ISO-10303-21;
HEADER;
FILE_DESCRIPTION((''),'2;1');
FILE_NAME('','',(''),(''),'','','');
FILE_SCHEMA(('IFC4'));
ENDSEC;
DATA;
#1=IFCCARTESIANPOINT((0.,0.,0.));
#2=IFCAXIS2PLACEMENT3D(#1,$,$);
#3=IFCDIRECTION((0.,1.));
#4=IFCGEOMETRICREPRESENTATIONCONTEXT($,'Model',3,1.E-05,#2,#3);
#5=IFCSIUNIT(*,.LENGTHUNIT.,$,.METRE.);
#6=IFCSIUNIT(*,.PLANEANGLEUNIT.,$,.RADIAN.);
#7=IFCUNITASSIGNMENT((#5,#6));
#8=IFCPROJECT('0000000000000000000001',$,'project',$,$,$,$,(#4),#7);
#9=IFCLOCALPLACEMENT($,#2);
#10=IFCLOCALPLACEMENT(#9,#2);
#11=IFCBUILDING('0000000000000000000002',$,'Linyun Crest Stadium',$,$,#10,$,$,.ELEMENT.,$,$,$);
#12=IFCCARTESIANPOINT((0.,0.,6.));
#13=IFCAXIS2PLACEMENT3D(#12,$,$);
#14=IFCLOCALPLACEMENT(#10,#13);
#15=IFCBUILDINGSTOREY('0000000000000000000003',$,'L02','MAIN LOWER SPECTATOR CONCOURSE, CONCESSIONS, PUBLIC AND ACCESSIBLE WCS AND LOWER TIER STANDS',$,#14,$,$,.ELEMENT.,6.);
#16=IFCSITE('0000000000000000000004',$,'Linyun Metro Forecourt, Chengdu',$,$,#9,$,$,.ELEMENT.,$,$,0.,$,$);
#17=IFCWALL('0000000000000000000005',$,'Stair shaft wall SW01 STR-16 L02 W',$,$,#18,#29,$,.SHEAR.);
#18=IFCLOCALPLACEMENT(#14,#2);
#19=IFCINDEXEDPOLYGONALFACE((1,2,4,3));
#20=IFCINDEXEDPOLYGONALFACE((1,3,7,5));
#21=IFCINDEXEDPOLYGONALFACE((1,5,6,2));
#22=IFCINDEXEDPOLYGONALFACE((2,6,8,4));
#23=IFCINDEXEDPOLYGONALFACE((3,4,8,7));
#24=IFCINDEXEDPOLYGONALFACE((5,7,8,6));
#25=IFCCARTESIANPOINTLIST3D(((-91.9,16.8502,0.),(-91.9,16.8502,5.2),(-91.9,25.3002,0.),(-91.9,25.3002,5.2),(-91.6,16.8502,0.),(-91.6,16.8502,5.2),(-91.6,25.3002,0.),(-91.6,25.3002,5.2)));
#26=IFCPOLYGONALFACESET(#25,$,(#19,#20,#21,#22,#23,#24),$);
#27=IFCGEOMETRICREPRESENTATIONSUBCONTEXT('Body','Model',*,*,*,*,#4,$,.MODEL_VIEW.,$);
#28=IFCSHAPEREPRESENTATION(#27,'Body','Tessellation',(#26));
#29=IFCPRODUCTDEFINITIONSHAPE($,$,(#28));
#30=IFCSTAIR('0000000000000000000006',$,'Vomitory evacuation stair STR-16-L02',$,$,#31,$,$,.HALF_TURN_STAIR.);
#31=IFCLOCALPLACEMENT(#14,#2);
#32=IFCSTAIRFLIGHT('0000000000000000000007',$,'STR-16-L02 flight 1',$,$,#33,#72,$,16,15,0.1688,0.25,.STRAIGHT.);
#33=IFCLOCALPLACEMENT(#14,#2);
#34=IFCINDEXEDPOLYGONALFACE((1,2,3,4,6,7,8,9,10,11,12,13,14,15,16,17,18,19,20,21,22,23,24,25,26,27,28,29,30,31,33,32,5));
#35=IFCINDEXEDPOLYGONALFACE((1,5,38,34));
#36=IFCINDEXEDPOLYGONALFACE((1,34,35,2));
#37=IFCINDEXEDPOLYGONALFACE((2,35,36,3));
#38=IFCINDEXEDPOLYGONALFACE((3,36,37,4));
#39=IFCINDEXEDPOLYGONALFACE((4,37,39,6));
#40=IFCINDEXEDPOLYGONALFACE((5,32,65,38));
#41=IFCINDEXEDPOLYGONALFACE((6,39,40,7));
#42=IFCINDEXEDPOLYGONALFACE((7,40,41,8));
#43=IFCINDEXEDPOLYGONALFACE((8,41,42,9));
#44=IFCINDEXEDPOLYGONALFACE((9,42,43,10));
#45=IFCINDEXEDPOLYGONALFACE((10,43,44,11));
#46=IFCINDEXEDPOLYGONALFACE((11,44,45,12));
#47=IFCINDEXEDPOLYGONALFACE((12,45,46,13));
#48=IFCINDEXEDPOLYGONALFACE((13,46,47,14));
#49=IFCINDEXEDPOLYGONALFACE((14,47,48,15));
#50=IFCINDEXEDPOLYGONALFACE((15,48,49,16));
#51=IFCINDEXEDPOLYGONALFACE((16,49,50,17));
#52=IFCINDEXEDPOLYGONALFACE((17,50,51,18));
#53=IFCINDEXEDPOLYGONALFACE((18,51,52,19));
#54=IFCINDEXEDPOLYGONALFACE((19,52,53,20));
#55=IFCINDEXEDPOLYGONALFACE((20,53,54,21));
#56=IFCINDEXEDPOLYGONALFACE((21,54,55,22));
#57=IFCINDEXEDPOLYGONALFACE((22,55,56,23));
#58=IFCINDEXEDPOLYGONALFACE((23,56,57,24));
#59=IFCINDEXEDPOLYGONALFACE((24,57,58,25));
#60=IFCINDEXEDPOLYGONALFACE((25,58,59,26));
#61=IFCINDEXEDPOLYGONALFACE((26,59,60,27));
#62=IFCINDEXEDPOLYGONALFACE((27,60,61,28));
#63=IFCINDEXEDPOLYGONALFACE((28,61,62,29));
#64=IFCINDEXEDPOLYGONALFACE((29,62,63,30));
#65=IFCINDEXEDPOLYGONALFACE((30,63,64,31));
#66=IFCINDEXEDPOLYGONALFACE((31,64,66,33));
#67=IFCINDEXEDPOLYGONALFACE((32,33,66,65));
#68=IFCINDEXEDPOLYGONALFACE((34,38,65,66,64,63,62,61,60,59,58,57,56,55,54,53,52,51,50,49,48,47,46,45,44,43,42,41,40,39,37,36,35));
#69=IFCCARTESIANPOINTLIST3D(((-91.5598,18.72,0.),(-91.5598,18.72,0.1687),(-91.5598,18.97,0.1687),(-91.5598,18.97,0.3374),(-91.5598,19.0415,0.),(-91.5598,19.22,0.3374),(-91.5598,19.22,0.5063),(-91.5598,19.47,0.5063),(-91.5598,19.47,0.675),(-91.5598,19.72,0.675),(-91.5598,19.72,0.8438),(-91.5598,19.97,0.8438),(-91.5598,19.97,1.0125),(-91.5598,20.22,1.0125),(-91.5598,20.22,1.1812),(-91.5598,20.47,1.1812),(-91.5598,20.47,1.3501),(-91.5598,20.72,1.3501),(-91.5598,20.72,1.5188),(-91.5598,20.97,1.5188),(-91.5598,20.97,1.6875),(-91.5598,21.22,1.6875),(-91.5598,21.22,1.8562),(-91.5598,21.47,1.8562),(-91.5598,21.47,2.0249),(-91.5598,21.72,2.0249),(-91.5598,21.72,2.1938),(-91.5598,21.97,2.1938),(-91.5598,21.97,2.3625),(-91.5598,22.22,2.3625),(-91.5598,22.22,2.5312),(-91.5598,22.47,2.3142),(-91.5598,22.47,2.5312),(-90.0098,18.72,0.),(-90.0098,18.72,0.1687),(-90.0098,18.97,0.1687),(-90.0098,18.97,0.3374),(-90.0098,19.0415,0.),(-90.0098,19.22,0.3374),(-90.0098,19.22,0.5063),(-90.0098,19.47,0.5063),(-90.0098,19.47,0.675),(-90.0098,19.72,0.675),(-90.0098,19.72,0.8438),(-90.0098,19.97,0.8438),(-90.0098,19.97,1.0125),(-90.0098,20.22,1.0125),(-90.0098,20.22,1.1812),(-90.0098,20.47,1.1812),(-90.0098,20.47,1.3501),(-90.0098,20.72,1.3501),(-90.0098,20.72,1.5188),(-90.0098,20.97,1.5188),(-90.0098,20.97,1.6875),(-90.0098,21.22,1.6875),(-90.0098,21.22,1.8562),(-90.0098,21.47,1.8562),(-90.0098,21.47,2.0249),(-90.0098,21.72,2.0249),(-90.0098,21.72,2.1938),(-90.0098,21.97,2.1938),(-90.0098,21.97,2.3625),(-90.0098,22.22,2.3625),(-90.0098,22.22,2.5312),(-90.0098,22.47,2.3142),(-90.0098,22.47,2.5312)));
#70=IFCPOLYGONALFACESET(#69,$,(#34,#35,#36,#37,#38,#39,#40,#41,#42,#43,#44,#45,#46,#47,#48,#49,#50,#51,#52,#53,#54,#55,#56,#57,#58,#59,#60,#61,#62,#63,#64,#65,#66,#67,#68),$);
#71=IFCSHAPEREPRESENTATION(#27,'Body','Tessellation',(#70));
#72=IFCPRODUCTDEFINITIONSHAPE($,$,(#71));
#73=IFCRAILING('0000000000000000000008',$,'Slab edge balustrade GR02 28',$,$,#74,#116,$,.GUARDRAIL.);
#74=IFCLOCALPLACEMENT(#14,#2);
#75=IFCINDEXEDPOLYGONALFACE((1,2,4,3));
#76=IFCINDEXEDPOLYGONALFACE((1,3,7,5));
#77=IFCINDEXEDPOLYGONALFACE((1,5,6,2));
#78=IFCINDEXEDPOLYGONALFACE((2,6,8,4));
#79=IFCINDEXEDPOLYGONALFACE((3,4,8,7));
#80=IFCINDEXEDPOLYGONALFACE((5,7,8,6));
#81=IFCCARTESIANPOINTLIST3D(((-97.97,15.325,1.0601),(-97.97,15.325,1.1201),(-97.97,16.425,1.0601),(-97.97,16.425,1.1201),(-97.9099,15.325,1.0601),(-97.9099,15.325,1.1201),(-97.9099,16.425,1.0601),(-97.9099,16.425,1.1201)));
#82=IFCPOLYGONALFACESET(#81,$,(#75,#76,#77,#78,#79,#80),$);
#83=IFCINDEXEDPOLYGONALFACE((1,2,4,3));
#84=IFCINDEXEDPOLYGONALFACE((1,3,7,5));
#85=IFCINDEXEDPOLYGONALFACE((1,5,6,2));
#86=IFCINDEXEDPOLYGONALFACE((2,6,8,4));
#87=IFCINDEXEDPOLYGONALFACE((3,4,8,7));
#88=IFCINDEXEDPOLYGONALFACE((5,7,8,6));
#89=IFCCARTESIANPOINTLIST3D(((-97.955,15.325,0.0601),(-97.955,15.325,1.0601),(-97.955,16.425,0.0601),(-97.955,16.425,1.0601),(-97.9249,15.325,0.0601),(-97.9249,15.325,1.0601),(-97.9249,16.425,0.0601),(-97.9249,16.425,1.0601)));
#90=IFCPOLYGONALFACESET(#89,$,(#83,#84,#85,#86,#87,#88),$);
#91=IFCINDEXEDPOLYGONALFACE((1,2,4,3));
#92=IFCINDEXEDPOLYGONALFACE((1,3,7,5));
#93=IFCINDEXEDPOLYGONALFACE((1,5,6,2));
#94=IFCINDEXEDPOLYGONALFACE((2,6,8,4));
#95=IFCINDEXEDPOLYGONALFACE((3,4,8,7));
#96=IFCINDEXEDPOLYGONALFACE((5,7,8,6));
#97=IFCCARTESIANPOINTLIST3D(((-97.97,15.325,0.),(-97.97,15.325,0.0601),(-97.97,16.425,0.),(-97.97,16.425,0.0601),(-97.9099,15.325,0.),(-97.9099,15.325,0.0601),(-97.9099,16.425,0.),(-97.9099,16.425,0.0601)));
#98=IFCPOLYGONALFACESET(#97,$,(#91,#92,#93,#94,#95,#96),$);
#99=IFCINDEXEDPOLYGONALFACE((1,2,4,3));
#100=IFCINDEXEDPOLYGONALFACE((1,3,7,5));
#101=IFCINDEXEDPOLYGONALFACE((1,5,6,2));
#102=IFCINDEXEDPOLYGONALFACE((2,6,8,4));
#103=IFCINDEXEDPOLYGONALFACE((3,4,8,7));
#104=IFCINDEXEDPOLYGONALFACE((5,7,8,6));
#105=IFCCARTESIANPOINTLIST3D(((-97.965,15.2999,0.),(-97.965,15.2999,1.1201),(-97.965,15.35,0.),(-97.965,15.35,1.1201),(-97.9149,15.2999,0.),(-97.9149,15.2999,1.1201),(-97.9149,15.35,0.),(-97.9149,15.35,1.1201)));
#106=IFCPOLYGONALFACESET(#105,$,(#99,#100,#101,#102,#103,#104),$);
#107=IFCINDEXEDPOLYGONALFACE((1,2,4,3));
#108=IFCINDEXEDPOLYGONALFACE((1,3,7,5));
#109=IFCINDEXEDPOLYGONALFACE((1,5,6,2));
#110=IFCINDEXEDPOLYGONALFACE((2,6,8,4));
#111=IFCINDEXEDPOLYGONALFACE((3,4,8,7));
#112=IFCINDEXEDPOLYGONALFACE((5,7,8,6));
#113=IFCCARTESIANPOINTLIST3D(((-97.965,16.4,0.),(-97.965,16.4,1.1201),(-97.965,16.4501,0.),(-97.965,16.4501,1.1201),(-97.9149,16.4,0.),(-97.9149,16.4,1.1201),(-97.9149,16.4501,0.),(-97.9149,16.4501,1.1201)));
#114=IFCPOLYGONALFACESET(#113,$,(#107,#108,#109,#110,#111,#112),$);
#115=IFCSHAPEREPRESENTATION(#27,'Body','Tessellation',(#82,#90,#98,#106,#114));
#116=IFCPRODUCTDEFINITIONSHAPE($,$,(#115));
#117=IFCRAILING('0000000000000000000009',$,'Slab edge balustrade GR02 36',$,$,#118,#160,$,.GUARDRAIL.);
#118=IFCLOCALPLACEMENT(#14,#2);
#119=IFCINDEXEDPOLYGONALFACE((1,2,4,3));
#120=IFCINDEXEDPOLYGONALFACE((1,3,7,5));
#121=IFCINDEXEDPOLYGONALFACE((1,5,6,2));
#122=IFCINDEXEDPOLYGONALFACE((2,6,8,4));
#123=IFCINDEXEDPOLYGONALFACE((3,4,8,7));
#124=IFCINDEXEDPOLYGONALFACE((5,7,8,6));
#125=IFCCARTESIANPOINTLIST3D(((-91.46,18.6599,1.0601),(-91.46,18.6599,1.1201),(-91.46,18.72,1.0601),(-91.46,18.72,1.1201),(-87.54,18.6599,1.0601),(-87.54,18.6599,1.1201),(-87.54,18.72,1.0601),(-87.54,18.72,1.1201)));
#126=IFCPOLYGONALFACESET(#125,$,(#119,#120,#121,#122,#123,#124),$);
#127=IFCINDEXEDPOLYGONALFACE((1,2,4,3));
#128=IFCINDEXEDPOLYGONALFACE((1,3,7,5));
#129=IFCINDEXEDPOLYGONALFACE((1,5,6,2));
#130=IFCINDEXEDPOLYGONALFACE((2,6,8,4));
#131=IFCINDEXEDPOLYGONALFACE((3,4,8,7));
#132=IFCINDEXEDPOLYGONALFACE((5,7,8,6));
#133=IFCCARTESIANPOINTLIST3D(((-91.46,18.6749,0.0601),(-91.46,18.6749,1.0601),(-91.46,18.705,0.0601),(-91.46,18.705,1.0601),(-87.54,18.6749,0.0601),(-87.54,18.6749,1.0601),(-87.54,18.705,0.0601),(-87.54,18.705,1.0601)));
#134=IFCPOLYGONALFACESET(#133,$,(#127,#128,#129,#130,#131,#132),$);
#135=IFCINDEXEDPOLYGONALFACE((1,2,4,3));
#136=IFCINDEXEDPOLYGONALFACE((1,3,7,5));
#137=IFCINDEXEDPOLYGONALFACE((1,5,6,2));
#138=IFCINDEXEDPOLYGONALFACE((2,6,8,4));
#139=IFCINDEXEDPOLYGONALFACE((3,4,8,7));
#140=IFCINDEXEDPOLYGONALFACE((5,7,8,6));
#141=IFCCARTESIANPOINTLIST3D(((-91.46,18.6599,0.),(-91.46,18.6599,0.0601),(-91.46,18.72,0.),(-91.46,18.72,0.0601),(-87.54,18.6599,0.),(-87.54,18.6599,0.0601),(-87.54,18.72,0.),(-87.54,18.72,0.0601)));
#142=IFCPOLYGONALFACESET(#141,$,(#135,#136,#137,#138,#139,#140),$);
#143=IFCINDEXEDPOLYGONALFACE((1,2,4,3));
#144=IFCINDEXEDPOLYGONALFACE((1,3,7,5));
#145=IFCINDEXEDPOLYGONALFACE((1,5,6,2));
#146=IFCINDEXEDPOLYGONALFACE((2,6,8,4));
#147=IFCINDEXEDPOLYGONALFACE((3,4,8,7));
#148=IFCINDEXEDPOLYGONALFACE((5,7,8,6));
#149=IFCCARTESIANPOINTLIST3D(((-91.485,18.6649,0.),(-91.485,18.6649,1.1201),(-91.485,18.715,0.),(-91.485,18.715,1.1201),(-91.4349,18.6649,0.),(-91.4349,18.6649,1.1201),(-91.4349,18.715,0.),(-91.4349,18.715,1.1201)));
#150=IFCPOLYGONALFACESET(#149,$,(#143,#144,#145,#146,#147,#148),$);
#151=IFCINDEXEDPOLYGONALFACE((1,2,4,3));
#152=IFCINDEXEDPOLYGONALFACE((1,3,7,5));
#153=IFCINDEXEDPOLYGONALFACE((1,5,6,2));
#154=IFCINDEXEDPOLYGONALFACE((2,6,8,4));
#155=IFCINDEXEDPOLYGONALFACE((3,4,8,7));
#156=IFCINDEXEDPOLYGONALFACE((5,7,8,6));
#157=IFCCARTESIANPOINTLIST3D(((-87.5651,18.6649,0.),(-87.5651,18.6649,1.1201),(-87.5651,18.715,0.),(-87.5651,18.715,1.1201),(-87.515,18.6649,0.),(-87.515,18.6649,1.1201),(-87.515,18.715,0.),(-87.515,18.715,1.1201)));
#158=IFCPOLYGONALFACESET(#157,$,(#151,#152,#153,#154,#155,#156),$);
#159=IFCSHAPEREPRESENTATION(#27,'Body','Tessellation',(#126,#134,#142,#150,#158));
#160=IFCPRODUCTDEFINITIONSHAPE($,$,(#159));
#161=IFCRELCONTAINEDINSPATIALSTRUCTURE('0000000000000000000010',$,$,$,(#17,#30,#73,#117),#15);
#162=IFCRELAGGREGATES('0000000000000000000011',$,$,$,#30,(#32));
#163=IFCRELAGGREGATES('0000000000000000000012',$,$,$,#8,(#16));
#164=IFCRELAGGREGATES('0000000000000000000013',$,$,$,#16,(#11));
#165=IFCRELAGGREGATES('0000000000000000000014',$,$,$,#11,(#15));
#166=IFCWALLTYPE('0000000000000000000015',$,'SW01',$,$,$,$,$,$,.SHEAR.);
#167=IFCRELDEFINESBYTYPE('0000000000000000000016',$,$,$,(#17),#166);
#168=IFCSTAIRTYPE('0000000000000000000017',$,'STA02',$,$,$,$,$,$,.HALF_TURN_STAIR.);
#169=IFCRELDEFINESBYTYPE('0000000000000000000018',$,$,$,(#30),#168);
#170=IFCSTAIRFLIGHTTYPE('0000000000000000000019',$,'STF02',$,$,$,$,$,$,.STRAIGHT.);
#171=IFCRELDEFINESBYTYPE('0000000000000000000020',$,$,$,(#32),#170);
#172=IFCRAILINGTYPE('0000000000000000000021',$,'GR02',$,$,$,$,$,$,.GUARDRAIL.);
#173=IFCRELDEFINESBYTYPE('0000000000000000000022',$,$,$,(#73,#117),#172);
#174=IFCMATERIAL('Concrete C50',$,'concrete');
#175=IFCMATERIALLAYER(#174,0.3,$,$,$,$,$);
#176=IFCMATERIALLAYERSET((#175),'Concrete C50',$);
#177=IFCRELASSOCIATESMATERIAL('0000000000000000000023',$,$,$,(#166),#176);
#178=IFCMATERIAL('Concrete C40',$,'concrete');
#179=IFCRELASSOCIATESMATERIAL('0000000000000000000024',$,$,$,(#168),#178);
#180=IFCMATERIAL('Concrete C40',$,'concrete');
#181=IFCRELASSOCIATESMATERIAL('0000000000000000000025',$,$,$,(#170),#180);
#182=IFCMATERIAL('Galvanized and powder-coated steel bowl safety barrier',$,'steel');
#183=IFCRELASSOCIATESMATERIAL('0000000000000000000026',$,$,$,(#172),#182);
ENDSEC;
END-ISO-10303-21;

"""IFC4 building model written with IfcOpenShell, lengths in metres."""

from ifc_helpers import new_model, si_unit, direction, frame, frame_2d, origin, origin_2d, place, context, subcontext, project, spatial, polyline, rectangle, outline, extrude, material, layer, layer_set, type_object, element, aggregate, save


model = new_model("IFC4")

# Units and contexts
model_context = context("Model", 3, precision=1e-05, world=origin(), true_north=direction((0.0, 1.0)))
body_context = subcontext(model_context, "Body", "Model", "MODEL_VIEW")
ifc_project = project(units=[si_unit("LENGTHUNIT", "METRE"), si_unit("PLANEANGLEUNIT", "RADIAN")], contexts=[model_context])

# Site, building, storey
site_placement = place(None, origin())
site = spatial("IfcSite", under=ifc_project, at=site_placement, Name="Linyun Metro Forecourt, Chengdu", CompositionType="ELEMENT", RefElevation=0.0)
building_placement = place(site_placement, origin())
building = spatial("IfcBuilding", under=site, at=building_placement, Name="Linyun Crest Stadium", CompositionType="ELEMENT")
storey_placement = place(building_placement, frame((0.0, 0.0, 6.0)))
storey = spatial("IfcBuildingStorey", under=building, at=storey_placement, Name="L02", Description="MAIN LOWER SPECTATOR CONCOURSE, CONCESSIONS, PUBLIC AND ACCESSIBLE WCS AND LOWER TIER STANDS", CompositionType="ELEMENT", Elevation=6.0)

# Shared definitions
ifc_material_1 = material(Name="Concrete C50", Category="concrete")
ifc_layer_1 = layer(ifc_material_1, 0.3)
ifc_layer_set_1 = layer_set([ifc_layer_1], Name="Concrete C50")
wall_type = type_object("IfcWallType", Name="SW01", PredefinedType="SHEAR", material=ifc_layer_set_1)

# Wall
wall_1_placement = place(storey_placement, frame((-91.75, 16.8501, 0.0), z_axis=(0.0, 0.0, 1.0), x_axis=(0.0, 1.0, 0.0)))
element("IfcWall", 1, at=wall_1_placement, inside=storey, type_object=wall_type, Name="Stair shaft wall SW01 STR-16 L02 W", PredefinedType="SHEAR", context=body_context, shape_type="SweptSolid", body=[
    extrude(rectangle(XDim=8.45, YDim=0.3, at=frame_2d((4.2251, 0.0))), origin(), (0.0, 0.0, 1.0), 5.2),
])

# Stair, stair flight
ifc_material_2 = material(Name="Concrete C40", Category="concrete")
stair_type = type_object("IfcStairType", Name="STA02", PredefinedType="HALF_TURN_STAIR", material=ifc_material_2)
stair_placement = place(storey_placement, origin())
stair = element("IfcStair", 2, at=stair_placement, inside=storey, type_object=stair_type, Name="Vomitory evacuation stair STR-16-L02", PredefinedType="HALF_TURN_STAIR")
ifc_material_3 = material(Name="Concrete C40", Category="concrete")
stair_flight_type = type_object("IfcStairFlightType", Name="STF02", PredefinedType="STRAIGHT", material=ifc_material_3)
stair_flight_placement = place(storey_placement, frame((-90.7849, 18.72, 0.0), z_axis=(0.0, 0.0, 1.0), x_axis=(0.0, 1.0, 0.0)))
stair_flight = element("IfcStairFlight", 3, at=stair_flight_placement, type_object=stair_flight_type, Name="STR-16-L02 flight 1", NumberOfRisers=16, NumberOfTreads=15, PredefinedType="STRAIGHT", RiserHeight=0.1688, TreadLength=0.25, context=body_context, shape_type="SweptSolid", body=[
    extrude(outline(polyline([(0.0, 0.0), (0.0, 0.1687), (0.25, 0.1687), (0.25, 0.3374), (0.5, 0.3374), (0.5, 0.5063), (0.75, 0.5063), (0.75, 0.675), (1.0, 0.675), (1.0, 0.8438), (1.25, 0.8438), (1.25, 1.0125), (1.5, 1.0125), (1.5, 1.1812), (1.75, 1.1812), (1.75, 1.3501), (2.0, 1.3501), (2.0, 1.5188), (2.25, 1.5188), (2.25, 1.6875), (2.5, 1.6875), (2.5, 1.8562), (2.75, 1.8562), (2.75, 2.0249), (3.0, 2.0249), (3.0, 2.1938), (3.25, 2.1938), (3.25, 2.3625), (3.5, 2.3625), (3.5, 2.5312), (3.75, 2.5312), (3.75, 2.7), (3.75, 2.3142), (0.3215, 0.0), (0.0, 0.0)])), frame((0.0, 0.7749, 0.0), z_axis=(0.0, -1.0, 0.0), x_axis=(1.0, 0.0, 0.0)), (0.0, 0.0, 1.0), 1.55),
])
aggregate(stair, [stair_flight])

# Railings
ifc_material_4 = material(Name="Galvanized and powder-coated steel bowl safety barrier", Category="steel")
railing_type_1 = type_object("IfcRailingType", Name="GR02", PredefinedType="GUARDRAIL", material=ifc_material_4)
railing_1_placement = place(storey_placement, frame((-97.9399, 15.325, 0.0)))
element("IfcRailing", 4, at=railing_1_placement, inside=storey, type_object=railing_type_1, Name="Slab edge balustrade GR02 28", PredefinedType="GUARDRAIL", context=body_context, shape_type="SweptSolid", body=[
    extrude(rectangle(XDim=0.0601, YDim=0.0601, at=origin_2d()), frame((0.0, 0.0, 1.0901), z_axis=(0.0, 1.0, 0.0), x_axis=(-1.0, 0.0, 0.0)), (0.0, 0.0, 1.0), 1.1001),
    extrude(rectangle(XDim=0.03, YDim=1.0, at=origin_2d()), frame((0.0, 0.0, 0.5601), z_axis=(0.0, 1.0, 0.0), x_axis=(-1.0, 0.0, 0.0)), (0.0, 0.0, 1.0), 1.1001),
    extrude(rectangle(XDim=0.0601, YDim=0.0601, at=origin_2d()), frame((0.0, 0.0, 0.03), z_axis=(0.0, 1.0, 0.0), x_axis=(-1.0, 0.0, 0.0)), (0.0, 0.0, 1.0), 1.1001),
    extrude(rectangle(XDim=0.05, YDim=0.05, at=origin_2d()), origin(), (0.0, 0.0, 1.0), 1.1201),
    extrude(rectangle(XDim=0.05, YDim=0.05, at=origin_2d()), frame((0.0, 1.1001, 0.0)), (0.0, 0.0, 1.0), 1.1201),
])
railing_2_placement = place(storey_placement, frame((-91.46, 18.6899, 0.0)))
element("IfcRailing", 5, at=railing_2_placement, inside=storey, type_object=railing_type_1, Name="Slab edge balustrade GR02 36", PredefinedType="GUARDRAIL", context=body_context, shape_type="SweptSolid", body=[
    extrude(rectangle(XDim=0.0601, YDim=0.0601, at=origin_2d()), frame((0.0, 0.0, 1.0901), z_axis=(1.0, 0.0, 0.0), x_axis=(0.0, 1.0, 0.0)), (0.0, 0.0, 1.0), 3.9199),
    extrude(rectangle(XDim=0.03, YDim=1.0, at=origin_2d()), frame((0.0, 0.0, 0.5601), z_axis=(1.0, 0.0, 0.0), x_axis=(0.0, 1.0, 0.0)), (0.0, 0.0, 1.0), 3.9199),
    extrude(rectangle(XDim=0.0601, YDim=0.0601, at=origin_2d()), frame((0.0, 0.0, 0.03), z_axis=(1.0, 0.0, 0.0), x_axis=(0.0, 1.0, 0.0)), (0.0, 0.0, 1.0), 3.9199),
    extrude(rectangle(XDim=0.05, YDim=0.05, at=origin_2d()), origin(), (0.0, 0.0, 1.0), 1.1201),
    extrude(rectangle(XDim=0.05, YDim=0.05, at=origin_2d()), frame((3.9199, 0.0, 0.0)), (0.0, 0.0, 1.0), 1.1201),
])

save(model, "model.ifc")
